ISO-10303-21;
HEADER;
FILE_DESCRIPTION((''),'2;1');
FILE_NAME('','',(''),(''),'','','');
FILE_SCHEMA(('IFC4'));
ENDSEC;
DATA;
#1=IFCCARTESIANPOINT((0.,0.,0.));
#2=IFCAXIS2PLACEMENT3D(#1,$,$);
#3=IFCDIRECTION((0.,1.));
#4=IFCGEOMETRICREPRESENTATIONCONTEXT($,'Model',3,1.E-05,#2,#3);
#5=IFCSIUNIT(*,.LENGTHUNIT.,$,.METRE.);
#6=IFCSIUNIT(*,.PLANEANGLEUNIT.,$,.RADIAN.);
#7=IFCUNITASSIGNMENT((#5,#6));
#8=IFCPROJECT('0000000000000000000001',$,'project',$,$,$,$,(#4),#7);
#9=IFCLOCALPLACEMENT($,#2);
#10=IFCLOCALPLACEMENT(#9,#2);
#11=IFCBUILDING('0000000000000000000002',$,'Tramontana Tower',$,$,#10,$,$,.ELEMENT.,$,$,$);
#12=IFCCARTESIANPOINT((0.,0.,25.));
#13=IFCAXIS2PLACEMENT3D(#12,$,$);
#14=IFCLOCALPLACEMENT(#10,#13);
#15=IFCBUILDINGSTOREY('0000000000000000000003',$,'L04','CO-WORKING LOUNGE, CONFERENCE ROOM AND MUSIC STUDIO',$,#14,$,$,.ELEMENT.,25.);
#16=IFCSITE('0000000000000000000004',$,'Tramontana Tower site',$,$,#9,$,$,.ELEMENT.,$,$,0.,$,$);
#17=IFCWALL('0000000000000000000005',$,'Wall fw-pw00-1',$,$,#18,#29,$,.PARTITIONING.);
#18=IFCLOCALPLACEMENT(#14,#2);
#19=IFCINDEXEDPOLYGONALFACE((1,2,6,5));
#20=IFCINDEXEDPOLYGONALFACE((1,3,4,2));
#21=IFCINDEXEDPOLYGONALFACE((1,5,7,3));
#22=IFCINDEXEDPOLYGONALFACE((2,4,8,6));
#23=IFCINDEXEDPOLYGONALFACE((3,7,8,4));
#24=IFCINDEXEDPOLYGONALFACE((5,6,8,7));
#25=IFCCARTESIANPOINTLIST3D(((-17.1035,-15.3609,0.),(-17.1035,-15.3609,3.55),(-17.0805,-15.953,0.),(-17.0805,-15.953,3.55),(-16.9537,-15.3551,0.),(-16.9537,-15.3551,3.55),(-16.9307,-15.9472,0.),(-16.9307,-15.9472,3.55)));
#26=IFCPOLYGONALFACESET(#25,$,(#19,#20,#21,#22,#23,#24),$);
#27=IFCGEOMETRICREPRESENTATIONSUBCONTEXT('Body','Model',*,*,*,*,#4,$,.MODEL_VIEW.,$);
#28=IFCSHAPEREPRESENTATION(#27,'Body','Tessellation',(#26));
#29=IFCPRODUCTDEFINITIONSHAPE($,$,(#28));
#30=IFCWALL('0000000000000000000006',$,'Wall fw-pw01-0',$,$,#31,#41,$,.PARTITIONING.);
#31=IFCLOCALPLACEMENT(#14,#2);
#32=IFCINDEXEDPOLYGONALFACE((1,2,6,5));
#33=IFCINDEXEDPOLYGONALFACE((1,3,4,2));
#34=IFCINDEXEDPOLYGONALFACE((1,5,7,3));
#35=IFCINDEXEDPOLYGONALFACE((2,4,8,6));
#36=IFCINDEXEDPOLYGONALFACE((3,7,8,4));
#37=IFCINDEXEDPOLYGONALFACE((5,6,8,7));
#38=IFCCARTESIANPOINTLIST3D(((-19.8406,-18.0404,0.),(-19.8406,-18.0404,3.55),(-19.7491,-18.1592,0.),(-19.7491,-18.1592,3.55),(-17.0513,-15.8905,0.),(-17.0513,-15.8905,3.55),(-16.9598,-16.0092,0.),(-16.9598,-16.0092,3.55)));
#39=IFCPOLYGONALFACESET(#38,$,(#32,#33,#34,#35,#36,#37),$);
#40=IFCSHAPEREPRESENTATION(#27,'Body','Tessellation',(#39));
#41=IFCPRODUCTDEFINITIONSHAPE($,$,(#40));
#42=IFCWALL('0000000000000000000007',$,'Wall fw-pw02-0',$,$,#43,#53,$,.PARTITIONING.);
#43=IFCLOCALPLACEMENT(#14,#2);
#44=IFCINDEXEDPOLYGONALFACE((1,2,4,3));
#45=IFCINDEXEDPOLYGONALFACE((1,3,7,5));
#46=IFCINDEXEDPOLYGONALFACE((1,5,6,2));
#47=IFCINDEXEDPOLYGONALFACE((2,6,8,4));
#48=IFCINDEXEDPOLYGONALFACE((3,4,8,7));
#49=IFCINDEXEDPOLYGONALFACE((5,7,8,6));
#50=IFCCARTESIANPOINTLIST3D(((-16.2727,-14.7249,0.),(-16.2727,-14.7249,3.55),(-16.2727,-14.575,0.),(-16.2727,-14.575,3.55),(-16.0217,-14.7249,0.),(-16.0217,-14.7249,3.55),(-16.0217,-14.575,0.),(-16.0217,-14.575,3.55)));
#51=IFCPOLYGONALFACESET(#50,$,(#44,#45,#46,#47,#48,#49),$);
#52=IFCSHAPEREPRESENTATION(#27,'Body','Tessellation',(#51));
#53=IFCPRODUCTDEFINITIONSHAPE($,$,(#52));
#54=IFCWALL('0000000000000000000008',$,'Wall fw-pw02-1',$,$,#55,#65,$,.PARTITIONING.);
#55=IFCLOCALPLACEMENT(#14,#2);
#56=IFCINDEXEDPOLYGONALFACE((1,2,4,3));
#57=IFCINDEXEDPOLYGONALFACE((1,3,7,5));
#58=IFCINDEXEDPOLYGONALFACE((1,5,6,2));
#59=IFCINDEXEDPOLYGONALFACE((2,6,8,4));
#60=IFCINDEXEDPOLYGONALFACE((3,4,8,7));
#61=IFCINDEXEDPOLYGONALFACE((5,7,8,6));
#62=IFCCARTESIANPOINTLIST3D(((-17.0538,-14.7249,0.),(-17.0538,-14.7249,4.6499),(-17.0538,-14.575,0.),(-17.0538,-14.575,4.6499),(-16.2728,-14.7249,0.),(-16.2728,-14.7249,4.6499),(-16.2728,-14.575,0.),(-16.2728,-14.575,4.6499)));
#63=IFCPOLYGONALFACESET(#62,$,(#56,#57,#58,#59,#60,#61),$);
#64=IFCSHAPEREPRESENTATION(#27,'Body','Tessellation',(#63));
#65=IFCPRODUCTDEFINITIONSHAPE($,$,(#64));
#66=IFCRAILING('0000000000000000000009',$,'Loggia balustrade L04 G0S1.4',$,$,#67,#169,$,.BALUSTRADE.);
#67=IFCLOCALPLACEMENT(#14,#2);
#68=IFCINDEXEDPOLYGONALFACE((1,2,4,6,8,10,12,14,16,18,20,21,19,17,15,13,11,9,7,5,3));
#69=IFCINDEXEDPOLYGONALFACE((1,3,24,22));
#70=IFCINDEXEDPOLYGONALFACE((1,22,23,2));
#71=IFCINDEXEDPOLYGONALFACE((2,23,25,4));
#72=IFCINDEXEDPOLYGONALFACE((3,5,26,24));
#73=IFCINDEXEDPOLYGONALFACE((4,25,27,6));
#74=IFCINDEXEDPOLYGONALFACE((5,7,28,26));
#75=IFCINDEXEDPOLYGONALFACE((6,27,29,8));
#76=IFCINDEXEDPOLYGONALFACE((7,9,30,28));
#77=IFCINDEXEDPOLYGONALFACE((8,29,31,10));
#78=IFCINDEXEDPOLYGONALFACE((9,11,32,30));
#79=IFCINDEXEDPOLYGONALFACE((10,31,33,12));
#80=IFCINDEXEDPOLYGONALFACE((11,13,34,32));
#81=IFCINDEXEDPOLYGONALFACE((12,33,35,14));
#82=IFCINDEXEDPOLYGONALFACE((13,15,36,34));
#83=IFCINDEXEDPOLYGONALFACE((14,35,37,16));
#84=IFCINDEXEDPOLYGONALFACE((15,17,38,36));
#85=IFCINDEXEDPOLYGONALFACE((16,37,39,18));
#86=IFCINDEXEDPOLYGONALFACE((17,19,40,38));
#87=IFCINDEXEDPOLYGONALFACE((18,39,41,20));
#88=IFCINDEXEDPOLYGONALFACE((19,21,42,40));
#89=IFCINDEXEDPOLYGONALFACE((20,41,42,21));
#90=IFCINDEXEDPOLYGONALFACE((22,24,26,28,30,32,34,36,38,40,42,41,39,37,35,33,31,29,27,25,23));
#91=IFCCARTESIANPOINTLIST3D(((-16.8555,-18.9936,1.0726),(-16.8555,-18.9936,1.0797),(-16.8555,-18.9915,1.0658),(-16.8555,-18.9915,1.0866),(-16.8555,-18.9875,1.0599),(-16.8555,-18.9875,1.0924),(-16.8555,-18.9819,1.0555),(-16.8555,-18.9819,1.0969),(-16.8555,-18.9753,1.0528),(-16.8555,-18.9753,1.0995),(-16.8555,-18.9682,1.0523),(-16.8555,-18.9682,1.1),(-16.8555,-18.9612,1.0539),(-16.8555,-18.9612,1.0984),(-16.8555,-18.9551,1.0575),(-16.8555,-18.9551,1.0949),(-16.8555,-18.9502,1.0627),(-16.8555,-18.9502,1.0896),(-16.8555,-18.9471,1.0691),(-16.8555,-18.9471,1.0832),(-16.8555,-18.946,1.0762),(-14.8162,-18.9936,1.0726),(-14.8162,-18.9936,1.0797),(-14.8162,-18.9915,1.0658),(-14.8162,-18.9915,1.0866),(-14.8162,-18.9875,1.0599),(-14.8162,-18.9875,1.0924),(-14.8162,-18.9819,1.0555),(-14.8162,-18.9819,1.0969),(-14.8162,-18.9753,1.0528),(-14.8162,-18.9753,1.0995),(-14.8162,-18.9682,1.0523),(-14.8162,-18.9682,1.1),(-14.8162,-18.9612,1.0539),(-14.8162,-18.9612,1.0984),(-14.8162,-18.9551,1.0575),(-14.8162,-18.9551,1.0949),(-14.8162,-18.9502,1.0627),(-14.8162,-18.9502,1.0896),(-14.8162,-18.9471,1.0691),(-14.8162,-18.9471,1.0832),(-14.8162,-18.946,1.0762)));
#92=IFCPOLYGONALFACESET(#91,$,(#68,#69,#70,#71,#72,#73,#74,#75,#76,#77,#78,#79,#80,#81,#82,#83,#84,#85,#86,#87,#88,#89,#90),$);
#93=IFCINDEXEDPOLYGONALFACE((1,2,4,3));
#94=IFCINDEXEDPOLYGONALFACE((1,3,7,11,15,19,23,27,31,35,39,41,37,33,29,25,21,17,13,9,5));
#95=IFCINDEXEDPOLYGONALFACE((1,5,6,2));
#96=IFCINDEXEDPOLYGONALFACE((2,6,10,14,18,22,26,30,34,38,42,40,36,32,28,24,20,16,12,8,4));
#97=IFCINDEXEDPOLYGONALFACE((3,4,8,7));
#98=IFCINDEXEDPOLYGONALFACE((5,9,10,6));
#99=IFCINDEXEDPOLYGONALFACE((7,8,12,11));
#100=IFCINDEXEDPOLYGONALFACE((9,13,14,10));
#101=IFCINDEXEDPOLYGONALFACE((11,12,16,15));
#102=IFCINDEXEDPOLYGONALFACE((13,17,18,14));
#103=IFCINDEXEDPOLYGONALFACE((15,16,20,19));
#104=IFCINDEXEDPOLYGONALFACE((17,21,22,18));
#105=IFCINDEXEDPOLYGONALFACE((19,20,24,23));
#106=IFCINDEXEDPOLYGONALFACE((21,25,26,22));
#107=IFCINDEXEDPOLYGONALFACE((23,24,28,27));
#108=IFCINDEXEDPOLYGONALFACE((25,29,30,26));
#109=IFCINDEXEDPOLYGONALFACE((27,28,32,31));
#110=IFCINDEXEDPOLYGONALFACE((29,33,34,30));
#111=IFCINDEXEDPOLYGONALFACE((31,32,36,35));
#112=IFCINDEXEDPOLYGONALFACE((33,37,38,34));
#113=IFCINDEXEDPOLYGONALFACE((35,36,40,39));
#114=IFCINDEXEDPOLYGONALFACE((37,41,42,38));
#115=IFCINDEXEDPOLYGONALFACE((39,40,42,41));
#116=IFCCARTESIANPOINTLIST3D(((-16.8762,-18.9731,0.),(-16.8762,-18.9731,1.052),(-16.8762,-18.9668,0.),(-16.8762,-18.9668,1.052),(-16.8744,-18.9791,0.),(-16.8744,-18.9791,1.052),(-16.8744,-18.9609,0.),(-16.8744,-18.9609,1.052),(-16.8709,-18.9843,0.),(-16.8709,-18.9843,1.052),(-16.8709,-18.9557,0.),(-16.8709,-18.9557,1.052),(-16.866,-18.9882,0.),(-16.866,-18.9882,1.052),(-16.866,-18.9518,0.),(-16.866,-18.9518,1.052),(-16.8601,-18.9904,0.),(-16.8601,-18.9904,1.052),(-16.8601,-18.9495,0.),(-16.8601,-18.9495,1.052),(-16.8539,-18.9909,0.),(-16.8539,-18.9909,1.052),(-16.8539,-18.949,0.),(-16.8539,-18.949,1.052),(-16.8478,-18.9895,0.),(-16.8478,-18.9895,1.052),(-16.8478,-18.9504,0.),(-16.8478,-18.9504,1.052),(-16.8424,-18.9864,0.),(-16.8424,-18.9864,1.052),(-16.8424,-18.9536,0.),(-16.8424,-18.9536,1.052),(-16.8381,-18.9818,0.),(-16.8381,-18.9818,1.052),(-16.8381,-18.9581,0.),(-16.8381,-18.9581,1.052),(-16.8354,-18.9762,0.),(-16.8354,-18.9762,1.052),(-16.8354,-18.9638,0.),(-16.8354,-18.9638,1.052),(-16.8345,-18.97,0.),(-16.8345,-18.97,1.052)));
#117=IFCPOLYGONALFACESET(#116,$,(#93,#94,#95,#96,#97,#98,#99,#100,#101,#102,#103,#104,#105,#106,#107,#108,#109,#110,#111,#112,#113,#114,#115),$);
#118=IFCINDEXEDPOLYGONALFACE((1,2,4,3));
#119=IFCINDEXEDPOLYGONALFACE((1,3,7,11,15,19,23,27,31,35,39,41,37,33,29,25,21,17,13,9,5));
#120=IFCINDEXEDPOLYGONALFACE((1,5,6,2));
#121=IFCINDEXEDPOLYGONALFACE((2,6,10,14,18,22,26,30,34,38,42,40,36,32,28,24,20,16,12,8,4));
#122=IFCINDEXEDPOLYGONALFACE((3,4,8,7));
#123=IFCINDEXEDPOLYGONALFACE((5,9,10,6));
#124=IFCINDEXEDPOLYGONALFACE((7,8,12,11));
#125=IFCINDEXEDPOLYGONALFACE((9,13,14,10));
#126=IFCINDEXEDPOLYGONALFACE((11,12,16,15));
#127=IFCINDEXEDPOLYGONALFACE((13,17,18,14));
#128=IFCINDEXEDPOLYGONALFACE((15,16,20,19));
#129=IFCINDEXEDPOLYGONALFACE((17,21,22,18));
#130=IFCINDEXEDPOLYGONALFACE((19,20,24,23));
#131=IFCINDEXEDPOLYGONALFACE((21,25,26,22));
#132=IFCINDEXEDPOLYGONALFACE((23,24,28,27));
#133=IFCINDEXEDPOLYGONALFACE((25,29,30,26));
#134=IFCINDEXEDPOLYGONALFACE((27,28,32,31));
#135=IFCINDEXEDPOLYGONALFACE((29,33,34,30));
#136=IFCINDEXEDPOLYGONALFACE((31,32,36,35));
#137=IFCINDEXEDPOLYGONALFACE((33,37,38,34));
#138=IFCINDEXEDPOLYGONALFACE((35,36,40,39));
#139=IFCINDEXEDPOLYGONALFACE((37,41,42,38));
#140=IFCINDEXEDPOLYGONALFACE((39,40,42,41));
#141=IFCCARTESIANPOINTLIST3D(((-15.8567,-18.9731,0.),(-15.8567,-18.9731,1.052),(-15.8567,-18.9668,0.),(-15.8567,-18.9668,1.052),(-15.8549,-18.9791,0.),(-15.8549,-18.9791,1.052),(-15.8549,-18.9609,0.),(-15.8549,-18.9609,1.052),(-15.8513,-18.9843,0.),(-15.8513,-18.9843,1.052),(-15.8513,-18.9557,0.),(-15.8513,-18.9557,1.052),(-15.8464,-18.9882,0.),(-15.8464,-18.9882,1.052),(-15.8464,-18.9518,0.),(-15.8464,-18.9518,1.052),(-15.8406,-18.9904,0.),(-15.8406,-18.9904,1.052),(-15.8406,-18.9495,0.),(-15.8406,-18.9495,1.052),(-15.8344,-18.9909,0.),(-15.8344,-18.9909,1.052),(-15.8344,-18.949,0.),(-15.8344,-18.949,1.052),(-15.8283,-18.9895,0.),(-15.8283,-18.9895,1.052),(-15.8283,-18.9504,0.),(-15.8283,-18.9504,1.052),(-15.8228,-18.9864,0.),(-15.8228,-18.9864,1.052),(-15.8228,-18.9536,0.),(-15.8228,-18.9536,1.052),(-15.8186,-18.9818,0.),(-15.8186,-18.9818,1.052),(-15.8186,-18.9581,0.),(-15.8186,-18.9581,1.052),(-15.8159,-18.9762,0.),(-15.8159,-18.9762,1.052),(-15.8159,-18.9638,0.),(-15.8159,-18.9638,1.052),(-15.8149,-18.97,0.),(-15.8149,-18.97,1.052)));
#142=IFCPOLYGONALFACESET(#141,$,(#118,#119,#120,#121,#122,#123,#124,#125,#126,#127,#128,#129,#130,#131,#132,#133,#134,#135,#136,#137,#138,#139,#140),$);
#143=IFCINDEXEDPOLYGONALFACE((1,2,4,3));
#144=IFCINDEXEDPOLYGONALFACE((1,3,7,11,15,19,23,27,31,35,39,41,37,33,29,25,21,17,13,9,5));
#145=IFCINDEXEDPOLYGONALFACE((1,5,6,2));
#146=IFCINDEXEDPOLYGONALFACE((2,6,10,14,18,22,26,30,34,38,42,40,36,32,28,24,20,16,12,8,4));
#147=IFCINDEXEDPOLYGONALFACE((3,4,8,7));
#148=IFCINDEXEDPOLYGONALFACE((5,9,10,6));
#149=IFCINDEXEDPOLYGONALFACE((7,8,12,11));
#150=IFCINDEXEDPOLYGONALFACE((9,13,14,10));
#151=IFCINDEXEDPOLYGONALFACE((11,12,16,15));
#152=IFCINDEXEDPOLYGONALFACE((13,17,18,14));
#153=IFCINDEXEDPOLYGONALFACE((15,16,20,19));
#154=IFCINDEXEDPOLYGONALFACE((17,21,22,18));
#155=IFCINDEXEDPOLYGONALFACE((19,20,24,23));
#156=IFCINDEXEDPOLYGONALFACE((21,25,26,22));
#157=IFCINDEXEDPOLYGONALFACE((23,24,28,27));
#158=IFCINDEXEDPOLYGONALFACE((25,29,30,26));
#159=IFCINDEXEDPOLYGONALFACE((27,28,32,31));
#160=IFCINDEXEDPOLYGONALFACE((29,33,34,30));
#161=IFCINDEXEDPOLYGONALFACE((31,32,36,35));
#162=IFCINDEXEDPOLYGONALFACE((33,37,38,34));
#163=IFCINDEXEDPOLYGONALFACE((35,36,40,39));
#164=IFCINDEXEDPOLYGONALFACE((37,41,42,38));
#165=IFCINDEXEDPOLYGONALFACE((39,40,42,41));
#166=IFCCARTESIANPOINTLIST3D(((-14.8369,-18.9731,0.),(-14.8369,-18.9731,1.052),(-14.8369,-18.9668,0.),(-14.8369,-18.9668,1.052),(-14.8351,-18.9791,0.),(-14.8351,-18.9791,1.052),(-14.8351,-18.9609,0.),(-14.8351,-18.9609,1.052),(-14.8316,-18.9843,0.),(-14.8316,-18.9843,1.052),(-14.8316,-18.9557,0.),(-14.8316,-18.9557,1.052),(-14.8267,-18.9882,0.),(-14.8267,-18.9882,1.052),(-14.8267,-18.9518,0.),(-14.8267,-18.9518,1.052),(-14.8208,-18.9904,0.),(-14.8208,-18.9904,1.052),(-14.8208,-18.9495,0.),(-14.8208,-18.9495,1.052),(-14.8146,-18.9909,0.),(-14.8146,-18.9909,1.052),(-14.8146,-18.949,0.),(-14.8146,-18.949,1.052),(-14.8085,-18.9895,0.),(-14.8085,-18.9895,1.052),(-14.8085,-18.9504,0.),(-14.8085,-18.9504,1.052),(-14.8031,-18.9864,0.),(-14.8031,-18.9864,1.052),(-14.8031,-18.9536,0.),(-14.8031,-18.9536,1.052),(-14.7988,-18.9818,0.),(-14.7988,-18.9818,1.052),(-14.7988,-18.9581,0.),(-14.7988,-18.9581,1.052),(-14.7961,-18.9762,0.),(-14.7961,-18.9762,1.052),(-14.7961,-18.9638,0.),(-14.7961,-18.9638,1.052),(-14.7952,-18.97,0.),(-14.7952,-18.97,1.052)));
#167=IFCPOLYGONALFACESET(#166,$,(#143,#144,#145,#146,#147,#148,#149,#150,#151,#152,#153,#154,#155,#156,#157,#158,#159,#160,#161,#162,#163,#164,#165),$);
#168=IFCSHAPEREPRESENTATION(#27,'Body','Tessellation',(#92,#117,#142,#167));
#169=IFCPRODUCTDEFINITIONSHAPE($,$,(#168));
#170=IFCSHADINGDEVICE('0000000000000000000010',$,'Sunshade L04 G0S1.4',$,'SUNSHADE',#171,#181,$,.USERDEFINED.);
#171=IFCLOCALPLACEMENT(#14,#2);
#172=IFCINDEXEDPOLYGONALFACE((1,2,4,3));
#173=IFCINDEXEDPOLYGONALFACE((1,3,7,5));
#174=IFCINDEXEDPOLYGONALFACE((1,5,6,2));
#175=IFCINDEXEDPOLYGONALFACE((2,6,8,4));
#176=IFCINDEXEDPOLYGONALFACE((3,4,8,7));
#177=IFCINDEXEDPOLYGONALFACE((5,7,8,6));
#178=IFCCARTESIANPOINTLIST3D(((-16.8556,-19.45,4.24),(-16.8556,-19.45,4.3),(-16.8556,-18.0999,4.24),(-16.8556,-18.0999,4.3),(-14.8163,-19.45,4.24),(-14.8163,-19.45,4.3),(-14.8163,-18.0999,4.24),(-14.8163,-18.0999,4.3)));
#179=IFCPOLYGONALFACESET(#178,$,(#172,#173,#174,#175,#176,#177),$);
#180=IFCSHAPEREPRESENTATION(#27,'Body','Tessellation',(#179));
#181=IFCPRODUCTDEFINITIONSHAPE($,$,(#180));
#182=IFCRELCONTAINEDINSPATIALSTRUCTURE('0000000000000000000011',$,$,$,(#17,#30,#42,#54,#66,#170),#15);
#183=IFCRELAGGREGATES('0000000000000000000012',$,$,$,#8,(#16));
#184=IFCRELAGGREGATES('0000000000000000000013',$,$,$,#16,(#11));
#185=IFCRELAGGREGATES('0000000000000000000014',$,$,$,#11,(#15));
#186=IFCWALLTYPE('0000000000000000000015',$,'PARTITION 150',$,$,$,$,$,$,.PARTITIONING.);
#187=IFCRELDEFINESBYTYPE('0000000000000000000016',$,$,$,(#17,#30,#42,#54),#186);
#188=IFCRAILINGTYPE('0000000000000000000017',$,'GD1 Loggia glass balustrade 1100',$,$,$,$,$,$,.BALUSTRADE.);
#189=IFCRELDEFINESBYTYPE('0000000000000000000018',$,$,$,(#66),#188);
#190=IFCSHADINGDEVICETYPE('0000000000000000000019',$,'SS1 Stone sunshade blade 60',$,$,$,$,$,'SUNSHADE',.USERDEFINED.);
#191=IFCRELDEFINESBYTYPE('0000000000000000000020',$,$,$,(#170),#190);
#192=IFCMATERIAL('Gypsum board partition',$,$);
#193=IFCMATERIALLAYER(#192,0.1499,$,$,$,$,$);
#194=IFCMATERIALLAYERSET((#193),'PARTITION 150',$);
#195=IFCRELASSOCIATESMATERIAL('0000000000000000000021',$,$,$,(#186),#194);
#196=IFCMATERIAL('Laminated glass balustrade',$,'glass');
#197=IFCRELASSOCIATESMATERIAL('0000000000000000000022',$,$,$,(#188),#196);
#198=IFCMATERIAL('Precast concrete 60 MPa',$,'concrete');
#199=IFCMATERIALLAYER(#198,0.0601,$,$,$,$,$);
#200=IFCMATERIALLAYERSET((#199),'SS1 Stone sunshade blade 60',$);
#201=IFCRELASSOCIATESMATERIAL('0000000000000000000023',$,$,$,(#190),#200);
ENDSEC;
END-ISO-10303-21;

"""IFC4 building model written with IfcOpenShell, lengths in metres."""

from ifc_helpers import new_model, si_unit, direction, frame, frame_2d, origin, origin_2d, place, context, subcontext, project, spatial, rectangle, circle, extrude, material, layer, layer_set, type_object, element, save


model = new_model("IFC4")

# Units and contexts
model_context = context("Model", 3, precision=1e-05, world=origin(), true_north=direction((0.0, 1.0)))
body_context = subcontext(model_context, "Body", "Model", "MODEL_VIEW")
ifc_project = project(units=[si_unit("LENGTHUNIT", "METRE"), si_unit("PLANEANGLEUNIT", "RADIAN")], contexts=[model_context])

# Site, building, storey
site_placement = place(None, origin())
site = spatial("IfcSite", under=ifc_project, at=site_placement, Name="Tramontana Tower site", CompositionType="ELEMENT", RefElevation=0.0)
building_placement = place(site_placement, origin())
building = spatial("IfcBuilding", under=site, at=building_placement, Name="Tramontana Tower", CompositionType="ELEMENT")
storey_placement = place(building_placement, frame((0.0, 0.0, 25.0)))
storey = spatial("IfcBuildingStorey", under=building, at=storey_placement, Name="L04", Description="CO-WORKING LOUNGE, CONFERENCE ROOM AND MUSIC STUDIO", CompositionType="ELEMENT", Elevation=25.0)

# Walls
ifc_material_1 = material(Name="Gypsum board partition")
ifc_layer_1 = layer(ifc_material_1, 0.1499)
ifc_layer_set_1 = layer_set([ifc_layer_1], Name="PARTITION 150")
wall_type_1 = type_object("IfcWallType", Name="PARTITION 150", PredefinedType="PARTITIONING", material=ifc_layer_set_1)
wall_1_placement = place(storey_placement, frame((-17.0286, -15.3579, 0.0), z_axis=(0.0, 0.0, 1.0), x_axis=(0.038734, -0.99925, 0.0)))
element("IfcWall", 1, at=wall_1_placement, inside=storey, type_object=wall_type_1, Name="Wall fw-pw00-1", PredefinedType="PARTITIONING", context=body_context, shape_type="SweptSolid", body=[
    extrude(rectangle(XDim=0.5925, YDim=0.1499, at=frame_2d((0.2964, 0.0))), origin(), (0.0, 0.0, 1.0), 3.55),
])
wall_2_placement = place(storey_placement, frame((-17.0056, -15.95, 0.0), z_axis=(0.0, 0.0, 1.0), x_axis=(-0.792036, -0.610474, 0.0)))
element("IfcWall", 2, at=wall_2_placement, inside=storey, type_object=wall_type_1, Name="Wall fw-pw01-0", PredefinedType="PARTITIONING", context=body_context, shape_type="SweptSolid", body=[
    extrude(rectangle(XDim=3.5217, YDim=0.1499, at=frame_2d((1.7607, 0.0))), origin(), (0.0, 0.0, 1.0), 3.55),
])
wall_3_placement = place(storey_placement, frame((-16.0217, -14.6499, 0.0), z_axis=(0.0, 0.0, 1.0), x_axis=(-1.0, 0.0, 0.0)))
element("IfcWall", 3, at=wall_3_placement, inside=storey, type_object=wall_type_1, Name="Wall fw-pw02-0", PredefinedType="PARTITIONING", context=body_context, shape_type="SweptSolid", body=[
    extrude(rectangle(XDim=0.251, YDim=0.1499, at=frame_2d((0.1255, 0.0))), origin(), (0.0, 0.0, 1.0), 3.55),
])
wall_4_placement = place(storey_placement, frame((-16.2727, -14.6499, 0.0), z_axis=(0.0, 0.0, 1.0), x_axis=(-1.0, 0.0, 0.0)))
element("IfcWall", 4, at=wall_4_placement, inside=storey, type_object=wall_type_1, Name="Wall fw-pw02-1", PredefinedType="PARTITIONING", context=body_context, shape_type="SweptSolid", body=[
    extrude(rectangle(XDim=0.781, YDim=0.1499, at=frame_2d((0.3906, 0.0))), origin(), (0.0, 0.0, 1.0), 4.6499),
])

# Railing
ifc_material_2 = material(Name="Laminated glass balustrade", Category="glass")
railing_type = type_object("IfcRailingType", Name="GD1 Loggia glass balustrade 1100", PredefinedType="BALUSTRADE", material=ifc_material_2)
railing_placement = place(storey_placement, frame((-16.8555, -18.97, 0.0)))
element("IfcRailing", 5, at=railing_placement, inside=storey, type_object=railing_type, Name="Loggia balustrade L04 G0S1.4", PredefinedType="BALUSTRADE", context=body_context, shape_type="SweptSolid", body=[
    extrude(circle(Radius=0.0239, at=origin_2d()), frame((0.0, 0.0, 1.0762), z_axis=(1.0, 0.0, 0.0), x_axis=(0.0, 1.0, 0.0)), (0.0, 0.0, 1.0), 2.0393),
    extrude(circle(Radius=0.021, at=origin_2d()), origin(), (0.0, 0.0, 1.0), 1.052),
    extrude(circle(Radius=0.021, at=origin_2d()), frame((1.0195, 0.0, 0.0)), (0.0, 0.0, 1.0), 1.052),
    extrude(circle(Radius=0.021, at=origin_2d()), frame((2.0393, 0.0, 0.0)), (0.0, 0.0, 1.0), 1.052),
])

# Shading device
ifc_material_3 = material(Name="Precast concrete 60 MPa", Category="concrete")
ifc_layer_2 = layer(ifc_material_3, 0.0601)
ifc_layer_set_2 = layer_set([ifc_layer_2], Name="SS1 Stone sunshade blade 60")
shading_device_type = type_object("IfcShadingDeviceType", Name="SS1 Stone sunshade blade 60", ElementType="SUNSHADE", PredefinedType="USERDEFINED", material=ifc_layer_set_2)
shading_device_placement = place(storey_placement, frame((-15.8359, -18.7749, 4.24), z_axis=(0.0, 0.0, 1.0), x_axis=(1.0, 0.0, 0.0)))
element("IfcShadingDevice", 6, at=shading_device_placement, inside=storey, type_object=shading_device_type, Name="Sunshade L04 G0S1.4", ObjectType="SUNSHADE", PredefinedType="USERDEFINED", context=body_context, shape_type="SweptSolid", body=[
    extrude(rectangle(XDim=2.0393, YDim=1.3501, at=origin_2d()), origin(), (0.0, 0.0, 1.0), 0.0601),
])

save(model, "model.ifc")
